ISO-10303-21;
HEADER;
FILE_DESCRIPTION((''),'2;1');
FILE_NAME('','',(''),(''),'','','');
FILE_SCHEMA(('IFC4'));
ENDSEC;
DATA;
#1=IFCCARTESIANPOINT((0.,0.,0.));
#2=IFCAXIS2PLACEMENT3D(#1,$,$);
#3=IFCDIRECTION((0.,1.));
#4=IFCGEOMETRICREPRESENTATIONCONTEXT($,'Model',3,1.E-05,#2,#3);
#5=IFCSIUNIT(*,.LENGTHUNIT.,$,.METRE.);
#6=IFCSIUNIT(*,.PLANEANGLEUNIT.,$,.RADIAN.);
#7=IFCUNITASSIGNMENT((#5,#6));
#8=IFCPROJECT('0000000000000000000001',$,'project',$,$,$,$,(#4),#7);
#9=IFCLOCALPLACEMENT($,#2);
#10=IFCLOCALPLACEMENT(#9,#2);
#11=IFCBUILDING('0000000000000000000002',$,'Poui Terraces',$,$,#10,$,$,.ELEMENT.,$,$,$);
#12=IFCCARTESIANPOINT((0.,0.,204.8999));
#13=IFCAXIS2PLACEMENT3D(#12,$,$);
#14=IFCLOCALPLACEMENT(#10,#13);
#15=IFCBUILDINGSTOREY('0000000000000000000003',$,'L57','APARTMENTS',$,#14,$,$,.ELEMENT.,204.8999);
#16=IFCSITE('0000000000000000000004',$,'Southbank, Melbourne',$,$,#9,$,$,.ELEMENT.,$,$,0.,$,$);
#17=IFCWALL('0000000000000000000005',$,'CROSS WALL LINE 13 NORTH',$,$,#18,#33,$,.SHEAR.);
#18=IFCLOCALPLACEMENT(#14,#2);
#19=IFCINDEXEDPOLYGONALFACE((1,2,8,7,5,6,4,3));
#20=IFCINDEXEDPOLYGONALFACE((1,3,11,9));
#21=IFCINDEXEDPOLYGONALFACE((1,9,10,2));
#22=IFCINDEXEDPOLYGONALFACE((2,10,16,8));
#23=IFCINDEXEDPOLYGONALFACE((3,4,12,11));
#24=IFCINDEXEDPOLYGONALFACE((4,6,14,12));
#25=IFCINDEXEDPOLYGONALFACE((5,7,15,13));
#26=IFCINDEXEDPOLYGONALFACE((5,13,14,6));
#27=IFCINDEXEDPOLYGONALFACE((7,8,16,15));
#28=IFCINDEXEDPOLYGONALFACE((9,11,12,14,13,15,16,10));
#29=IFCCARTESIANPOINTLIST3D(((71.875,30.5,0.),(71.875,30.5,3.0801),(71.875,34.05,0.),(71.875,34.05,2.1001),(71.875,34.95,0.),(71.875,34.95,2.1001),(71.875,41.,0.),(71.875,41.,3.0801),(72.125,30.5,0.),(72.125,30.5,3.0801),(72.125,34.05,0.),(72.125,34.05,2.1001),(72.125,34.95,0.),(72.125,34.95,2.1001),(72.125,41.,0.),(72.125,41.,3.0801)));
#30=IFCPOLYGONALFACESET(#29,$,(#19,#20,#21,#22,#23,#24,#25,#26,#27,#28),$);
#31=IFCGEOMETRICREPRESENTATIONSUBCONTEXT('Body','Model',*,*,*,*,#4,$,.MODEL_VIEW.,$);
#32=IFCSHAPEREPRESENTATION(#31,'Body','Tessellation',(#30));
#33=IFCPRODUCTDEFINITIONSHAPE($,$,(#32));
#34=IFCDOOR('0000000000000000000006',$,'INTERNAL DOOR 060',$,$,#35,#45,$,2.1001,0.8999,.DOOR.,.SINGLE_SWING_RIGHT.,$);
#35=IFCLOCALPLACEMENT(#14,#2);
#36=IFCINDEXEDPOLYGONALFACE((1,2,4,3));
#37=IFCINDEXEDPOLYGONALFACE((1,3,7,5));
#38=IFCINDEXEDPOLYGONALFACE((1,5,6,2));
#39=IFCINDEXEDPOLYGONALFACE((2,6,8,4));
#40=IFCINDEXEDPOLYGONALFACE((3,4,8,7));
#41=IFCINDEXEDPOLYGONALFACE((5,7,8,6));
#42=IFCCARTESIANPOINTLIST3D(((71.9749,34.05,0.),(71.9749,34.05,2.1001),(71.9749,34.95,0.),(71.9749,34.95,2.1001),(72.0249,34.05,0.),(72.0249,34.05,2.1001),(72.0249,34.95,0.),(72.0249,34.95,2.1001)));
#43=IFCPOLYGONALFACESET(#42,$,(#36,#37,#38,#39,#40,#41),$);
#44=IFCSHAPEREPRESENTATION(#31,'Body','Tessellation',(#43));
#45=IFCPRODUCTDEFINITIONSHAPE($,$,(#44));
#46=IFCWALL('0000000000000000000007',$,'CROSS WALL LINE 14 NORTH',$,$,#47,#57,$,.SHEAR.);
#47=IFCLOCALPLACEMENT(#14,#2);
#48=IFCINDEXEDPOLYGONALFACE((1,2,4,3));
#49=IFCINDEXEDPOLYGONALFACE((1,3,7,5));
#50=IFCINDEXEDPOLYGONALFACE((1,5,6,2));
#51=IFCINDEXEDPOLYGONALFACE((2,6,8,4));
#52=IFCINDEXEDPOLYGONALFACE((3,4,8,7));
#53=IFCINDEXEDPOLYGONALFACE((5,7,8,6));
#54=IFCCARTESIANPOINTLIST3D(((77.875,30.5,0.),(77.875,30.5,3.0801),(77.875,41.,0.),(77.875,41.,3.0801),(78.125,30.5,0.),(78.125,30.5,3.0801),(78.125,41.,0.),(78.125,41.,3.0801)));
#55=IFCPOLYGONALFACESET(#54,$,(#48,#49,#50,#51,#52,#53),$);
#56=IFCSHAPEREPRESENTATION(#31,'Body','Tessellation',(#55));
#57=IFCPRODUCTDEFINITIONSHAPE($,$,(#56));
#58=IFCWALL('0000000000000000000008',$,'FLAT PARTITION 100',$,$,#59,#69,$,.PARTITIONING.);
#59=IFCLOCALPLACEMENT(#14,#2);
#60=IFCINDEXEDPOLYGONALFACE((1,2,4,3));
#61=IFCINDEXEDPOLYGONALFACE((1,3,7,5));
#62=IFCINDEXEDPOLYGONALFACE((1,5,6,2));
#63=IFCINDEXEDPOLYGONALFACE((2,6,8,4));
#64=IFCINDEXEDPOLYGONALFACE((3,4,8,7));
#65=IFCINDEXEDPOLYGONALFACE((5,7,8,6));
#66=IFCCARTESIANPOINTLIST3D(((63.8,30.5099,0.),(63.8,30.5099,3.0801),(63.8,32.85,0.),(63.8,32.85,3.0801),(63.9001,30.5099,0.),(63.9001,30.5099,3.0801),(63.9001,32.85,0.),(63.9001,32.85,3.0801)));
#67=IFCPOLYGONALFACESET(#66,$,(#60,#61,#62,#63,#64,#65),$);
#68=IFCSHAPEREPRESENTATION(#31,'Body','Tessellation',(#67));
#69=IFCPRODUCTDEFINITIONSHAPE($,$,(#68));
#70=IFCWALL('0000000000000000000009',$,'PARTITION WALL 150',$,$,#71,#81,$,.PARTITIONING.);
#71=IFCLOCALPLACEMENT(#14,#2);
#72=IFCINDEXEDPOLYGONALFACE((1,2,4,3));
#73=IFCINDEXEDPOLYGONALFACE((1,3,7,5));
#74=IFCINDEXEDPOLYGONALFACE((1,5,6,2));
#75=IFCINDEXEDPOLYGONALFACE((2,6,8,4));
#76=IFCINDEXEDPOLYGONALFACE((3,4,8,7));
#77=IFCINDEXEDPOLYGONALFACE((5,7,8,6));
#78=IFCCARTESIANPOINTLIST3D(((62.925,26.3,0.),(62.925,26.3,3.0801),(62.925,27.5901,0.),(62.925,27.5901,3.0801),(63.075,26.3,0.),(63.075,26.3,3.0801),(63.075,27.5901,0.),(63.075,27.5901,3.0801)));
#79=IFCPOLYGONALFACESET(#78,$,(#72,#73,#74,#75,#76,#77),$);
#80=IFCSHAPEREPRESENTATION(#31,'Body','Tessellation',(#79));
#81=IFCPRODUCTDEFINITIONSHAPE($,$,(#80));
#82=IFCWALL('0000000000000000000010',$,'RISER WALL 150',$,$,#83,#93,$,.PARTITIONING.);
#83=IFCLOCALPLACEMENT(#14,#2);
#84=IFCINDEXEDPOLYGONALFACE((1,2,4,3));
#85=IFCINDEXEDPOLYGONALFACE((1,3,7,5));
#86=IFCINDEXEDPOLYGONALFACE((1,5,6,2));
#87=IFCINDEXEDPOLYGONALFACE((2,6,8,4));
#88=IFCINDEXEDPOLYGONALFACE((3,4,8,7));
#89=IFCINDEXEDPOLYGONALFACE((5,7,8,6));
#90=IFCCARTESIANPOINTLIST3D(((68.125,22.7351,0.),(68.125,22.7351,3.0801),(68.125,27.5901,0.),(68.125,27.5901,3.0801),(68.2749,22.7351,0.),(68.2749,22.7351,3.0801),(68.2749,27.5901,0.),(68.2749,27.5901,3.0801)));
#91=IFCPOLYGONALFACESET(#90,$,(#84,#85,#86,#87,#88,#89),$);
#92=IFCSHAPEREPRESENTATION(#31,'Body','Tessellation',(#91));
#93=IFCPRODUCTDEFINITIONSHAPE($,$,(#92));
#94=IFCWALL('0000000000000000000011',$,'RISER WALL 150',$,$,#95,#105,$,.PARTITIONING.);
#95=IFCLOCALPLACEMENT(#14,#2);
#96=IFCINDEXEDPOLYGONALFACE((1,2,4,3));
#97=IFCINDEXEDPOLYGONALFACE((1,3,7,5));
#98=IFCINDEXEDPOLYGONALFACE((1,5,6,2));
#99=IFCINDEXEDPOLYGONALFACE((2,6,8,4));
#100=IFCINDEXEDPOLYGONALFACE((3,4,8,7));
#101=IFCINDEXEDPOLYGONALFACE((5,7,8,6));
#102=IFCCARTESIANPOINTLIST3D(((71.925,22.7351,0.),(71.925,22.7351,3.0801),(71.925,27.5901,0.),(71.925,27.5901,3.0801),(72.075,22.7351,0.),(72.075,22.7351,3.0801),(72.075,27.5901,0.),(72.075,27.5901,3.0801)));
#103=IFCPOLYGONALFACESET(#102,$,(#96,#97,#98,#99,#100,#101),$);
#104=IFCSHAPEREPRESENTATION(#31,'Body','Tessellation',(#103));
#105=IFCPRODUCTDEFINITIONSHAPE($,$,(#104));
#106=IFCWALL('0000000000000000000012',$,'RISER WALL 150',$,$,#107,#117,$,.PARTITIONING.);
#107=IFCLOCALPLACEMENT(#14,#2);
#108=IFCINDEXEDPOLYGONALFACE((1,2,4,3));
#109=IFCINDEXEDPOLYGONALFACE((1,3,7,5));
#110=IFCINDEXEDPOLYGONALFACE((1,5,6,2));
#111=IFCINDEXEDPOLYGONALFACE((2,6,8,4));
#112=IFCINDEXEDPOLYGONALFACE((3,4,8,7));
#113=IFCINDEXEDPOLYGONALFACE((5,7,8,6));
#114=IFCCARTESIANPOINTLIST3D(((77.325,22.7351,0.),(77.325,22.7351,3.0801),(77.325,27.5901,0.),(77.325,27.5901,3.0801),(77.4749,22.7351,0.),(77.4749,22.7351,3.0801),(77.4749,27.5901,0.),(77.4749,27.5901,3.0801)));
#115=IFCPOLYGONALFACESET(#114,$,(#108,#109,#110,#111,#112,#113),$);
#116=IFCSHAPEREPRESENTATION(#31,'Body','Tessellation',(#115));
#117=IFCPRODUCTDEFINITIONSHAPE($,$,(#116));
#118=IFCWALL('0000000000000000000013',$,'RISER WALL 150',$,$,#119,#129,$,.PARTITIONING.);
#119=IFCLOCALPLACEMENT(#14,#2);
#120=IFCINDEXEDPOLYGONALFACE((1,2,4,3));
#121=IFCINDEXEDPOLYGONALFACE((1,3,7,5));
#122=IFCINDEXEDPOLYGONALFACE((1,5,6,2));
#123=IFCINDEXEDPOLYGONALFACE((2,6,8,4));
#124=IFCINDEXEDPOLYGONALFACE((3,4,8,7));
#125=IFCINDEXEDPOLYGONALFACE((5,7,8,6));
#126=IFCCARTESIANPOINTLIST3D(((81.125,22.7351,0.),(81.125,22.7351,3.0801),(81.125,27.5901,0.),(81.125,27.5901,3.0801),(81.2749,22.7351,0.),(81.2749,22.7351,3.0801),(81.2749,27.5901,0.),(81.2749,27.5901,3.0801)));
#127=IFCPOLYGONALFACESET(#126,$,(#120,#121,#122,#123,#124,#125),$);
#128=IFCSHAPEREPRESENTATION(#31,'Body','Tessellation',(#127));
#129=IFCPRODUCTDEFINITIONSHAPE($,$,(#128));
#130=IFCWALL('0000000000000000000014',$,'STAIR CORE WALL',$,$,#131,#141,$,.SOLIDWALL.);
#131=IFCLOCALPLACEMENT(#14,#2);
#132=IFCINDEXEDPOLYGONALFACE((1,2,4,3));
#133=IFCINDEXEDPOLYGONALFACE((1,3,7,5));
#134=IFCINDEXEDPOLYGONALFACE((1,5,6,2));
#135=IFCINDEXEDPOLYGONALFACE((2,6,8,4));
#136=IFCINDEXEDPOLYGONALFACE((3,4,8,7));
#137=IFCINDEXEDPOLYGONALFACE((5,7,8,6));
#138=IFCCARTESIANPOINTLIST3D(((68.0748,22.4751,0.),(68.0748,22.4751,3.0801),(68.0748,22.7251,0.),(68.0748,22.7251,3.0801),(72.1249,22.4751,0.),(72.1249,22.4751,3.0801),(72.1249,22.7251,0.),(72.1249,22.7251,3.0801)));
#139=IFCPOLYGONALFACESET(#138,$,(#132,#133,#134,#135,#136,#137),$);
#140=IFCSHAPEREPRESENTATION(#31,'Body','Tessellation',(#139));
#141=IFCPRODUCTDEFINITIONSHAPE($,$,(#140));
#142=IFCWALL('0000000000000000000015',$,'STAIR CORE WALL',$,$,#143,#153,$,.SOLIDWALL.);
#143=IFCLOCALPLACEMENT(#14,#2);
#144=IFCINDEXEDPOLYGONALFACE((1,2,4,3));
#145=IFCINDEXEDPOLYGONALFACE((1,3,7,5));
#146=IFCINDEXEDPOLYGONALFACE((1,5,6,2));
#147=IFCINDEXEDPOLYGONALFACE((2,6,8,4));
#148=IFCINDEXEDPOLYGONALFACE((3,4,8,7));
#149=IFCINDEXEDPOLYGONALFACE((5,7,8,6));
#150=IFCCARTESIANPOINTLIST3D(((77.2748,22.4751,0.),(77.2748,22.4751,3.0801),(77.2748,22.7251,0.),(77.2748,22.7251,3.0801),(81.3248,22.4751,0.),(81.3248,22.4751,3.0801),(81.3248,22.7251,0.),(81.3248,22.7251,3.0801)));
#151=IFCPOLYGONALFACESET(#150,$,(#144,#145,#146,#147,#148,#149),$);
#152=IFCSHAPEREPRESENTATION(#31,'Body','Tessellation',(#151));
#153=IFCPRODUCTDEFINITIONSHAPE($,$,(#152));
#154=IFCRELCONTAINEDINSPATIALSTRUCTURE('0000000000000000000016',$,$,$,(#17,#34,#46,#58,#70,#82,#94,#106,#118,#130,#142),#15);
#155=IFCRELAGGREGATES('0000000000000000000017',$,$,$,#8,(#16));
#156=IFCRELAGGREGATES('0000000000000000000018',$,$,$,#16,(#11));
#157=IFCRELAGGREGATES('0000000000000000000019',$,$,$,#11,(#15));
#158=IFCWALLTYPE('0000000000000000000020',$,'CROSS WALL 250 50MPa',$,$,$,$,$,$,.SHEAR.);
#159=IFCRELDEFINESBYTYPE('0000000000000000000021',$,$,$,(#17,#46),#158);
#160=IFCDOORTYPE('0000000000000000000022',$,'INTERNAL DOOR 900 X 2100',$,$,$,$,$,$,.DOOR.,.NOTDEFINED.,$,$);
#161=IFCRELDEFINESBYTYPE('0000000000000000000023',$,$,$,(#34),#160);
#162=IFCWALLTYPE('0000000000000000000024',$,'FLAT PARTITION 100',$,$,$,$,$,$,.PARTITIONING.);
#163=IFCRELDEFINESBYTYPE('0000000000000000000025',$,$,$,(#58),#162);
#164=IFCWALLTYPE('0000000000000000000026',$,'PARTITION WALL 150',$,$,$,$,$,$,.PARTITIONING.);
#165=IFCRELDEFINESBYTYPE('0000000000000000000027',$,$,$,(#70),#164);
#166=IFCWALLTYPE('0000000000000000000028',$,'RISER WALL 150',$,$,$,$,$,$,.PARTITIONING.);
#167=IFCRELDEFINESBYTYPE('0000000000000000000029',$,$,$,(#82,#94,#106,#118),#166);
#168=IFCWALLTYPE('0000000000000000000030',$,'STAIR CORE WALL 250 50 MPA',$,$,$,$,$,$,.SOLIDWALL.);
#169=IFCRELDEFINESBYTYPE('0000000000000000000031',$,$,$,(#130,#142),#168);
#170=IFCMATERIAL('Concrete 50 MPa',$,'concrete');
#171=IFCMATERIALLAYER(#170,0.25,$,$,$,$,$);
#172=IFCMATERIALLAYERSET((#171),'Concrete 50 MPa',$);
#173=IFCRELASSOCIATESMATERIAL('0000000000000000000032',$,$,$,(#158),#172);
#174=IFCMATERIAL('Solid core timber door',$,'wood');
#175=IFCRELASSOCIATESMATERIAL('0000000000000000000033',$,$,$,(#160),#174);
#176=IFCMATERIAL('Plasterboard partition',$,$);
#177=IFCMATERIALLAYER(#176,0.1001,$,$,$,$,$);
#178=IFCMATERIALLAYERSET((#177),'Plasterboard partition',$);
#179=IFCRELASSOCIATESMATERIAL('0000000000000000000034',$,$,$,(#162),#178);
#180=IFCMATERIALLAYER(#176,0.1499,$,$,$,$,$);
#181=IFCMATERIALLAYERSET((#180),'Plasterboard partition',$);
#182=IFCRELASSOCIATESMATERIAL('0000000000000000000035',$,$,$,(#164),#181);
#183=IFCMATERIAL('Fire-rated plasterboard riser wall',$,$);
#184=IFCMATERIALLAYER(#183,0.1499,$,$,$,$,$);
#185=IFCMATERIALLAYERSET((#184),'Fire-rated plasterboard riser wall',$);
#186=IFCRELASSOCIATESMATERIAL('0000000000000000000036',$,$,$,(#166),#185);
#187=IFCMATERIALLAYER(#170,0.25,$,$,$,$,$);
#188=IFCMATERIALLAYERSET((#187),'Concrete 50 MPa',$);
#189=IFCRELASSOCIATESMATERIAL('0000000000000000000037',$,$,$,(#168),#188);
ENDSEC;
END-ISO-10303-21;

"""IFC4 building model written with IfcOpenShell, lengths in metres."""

from ifc_helpers import new_model, si_unit, direction, frame, frame_2d, origin, place, context, subcontext, project, spatial, rectangle, extrude, material, layer, layer_set, type_object, element, fill, save


model = new_model("IFC4")

# Units and contexts
model_context = context("Model", 3, precision=1e-05, world=origin(), true_north=direction((0.0, 1.0)))
body_context = subcontext(model_context, "Body", "Model", "MODEL_VIEW")
ifc_project = project(units=[si_unit("LENGTHUNIT", "METRE"), si_unit("PLANEANGLEUNIT", "RADIAN")], contexts=[model_context])

# Site, building, storey
site_placement = place(None, origin())
site = spatial("IfcSite", under=ifc_project, at=site_placement, Name="Southbank, Melbourne", CompositionType="ELEMENT", RefElevation=0.0)
building_placement = place(site_placement, origin())
building = spatial("IfcBuilding", under=site, at=building_placement, Name="Poui Terraces", CompositionType="ELEMENT")
storey_placement = place(building_placement, frame((0.0, 0.0, 204.8999)))
storey = spatial("IfcBuildingStorey", under=building, at=storey_placement, Name="L57", Description="APARTMENTS", CompositionType="ELEMENT", Elevation=204.8999)

# Shared definitions
ifc_material_1 = material(Name="Concrete 50 MPa", Category="concrete")

# Wall, opening, door
ifc_material_2 = material(Name="Solid core timber door", Category="wood")
ifc_layer_1 = layer(ifc_material_1, 0.25)
ifc_layer_set_1 = layer_set([ifc_layer_1], Name="Concrete 50 MPa")
wall_type_1 = type_object("IfcWallType", Name="CROSS WALL 250 50MPa", PredefinedType="SHEAR", material=ifc_layer_set_1)
door_type_1 = type_object("IfcDoorType", Name="INTERNAL DOOR 900 X 2100", OperationType="NOTDEFINED", PredefinedType="DOOR", material=ifc_material_2)
wall_1_placement = place(storey_placement, frame((72.0, 30.5, 0.0), z_axis=(0.0, 0.0, 1.0), x_axis=(0.0, 1.0, 0.0)))
wall_1 = element("IfcWall", 1, at=wall_1_placement, inside=storey, type_object=wall_type_1, Name="CROSS WALL LINE 13 NORTH", PredefinedType="SHEAR", context=body_context, shape_type="SweptSolid", body=[
    extrude(rectangle(XDim=10.5, YDim=0.25, at=frame_2d((5.25, 0.0))), origin(), (0.0, 0.0, 1.0), 3.0801),
])
opening_1_placement = place(wall_1_placement, frame((3.55, 0.0, 0.0)))
opening_1 = element("IfcOpeningElement", 2, at=opening_1_placement, cuts=wall_1, PredefinedType="OPENING", context=body_context, shape_type="SweptSolid", body=[
    extrude(rectangle(XDim=0.8999, YDim=2.1001, at=frame_2d((0.45, 1.05))), frame((0.0, 0.135, 0.0), z_axis=(0.0, -1.0, 0.0), x_axis=(1.0, 0.0, 0.0)), (0.0, 0.0, 1.0), 0.27),
])
door_1_placement = place(opening_1_placement, frame((0.8999, 0.0, 0.0), z_axis=(0.0, 0.0, 1.0), x_axis=(-1.0, 0.0, 0.0)))
door_1 = element("IfcDoor", 3, at=door_1_placement, inside=storey, type_object=door_type_1, Name="INTERNAL DOOR 060", OperationType="SINGLE_SWING_RIGHT", OverallHeight=2.1001, OverallWidth=0.8999, PredefinedType="DOOR", context=body_context, shape_type="SweptSolid", body=[
    extrude(rectangle(XDim=0.8999, YDim=2.1001, at=frame_2d((0.45, 1.05))), frame((0.0, 0.0249, 0.0), z_axis=(0.0, -1.0, 0.0), x_axis=(1.0, 0.0, 0.0)), (0.0, 0.0, 1.0), 0.05),
])
fill(opening_1, door_1)

# Walls
wall_2_placement = place(storey_placement, frame((78.0, 30.5, 0.0), z_axis=(0.0, 0.0, 1.0), x_axis=(0.0, 1.0, 0.0)))
element("IfcWall", 4, at=wall_2_placement, inside=storey, type_object=wall_type_1, Name="CROSS WALL LINE 14 NORTH", PredefinedType="SHEAR", context=body_context, shape_type="SweptSolid", body=[
    extrude(rectangle(XDim=10.5, YDim=0.25, at=frame_2d((5.25, 0.0))), origin(), (0.0, 0.0, 1.0), 3.0801),
])
ifc_material_3 = material(Name="Plasterboard partition")
ifc_layer_2 = layer(ifc_material_3, 0.1001)
ifc_layer_set_2 = layer_set([ifc_layer_2], Name="Plasterboard partition")
wall_type_2 = type_object("IfcWallType", Name="FLAT PARTITION 100", PredefinedType="PARTITIONING", material=ifc_layer_set_2)
wall_3_placement = place(storey_placement, frame((63.8501, 30.51, 0.0), z_axis=(0.0, 0.0, 1.0), x_axis=(0.0, 1.0, 0.0)))
element("IfcWall", 5, at=wall_3_placement, inside=storey, type_object=wall_type_2, Name="FLAT PARTITION 100", PredefinedType="PARTITIONING", context=body_context, shape_type="SweptSolid", body=[
    extrude(rectangle(XDim=2.3401, YDim=0.1001, at=frame_2d((1.1699, 0.0))), origin(), (0.0, 0.0, 1.0), 3.0801),
])
ifc_layer_3 = layer(ifc_material_3, 0.1499)
ifc_layer_set_3 = layer_set([ifc_layer_3], Name="Plasterboard partition")
wall_type_3 = type_object("IfcWallType", Name="PARTITION WALL 150", PredefinedType="PARTITIONING", material=ifc_layer_set_3)
wall_4_placement = place(storey_placement, frame((63.0, 26.3, 0.0), z_axis=(0.0, 0.0, 1.0), x_axis=(0.0, 1.0, 0.0)))
element("IfcWall", 6, at=wall_4_placement, inside=storey, type_object=wall_type_3, Name="PARTITION WALL 150", PredefinedType="PARTITIONING", context=body_context, shape_type="SweptSolid", body=[
    extrude(rectangle(XDim=1.29, YDim=0.1499, at=frame_2d((0.645, 0.0))), origin(), (0.0, 0.0, 1.0), 3.0801),
])
ifc_material_4 = material(Name="Fire-rated plasterboard riser wall")
ifc_layer_4 = layer(ifc_material_4, 0.1499)
ifc_layer_set_4 = layer_set([ifc_layer_4], Name="Fire-rated plasterboard riser wall")
wall_type_4 = type_object("IfcWallType", Name="RISER WALL 150", PredefinedType="PARTITIONING", material=ifc_layer_set_4)
for number, where, z_axis, x_axis, name in (
    (7, (68.2, 22.7351, 0.0), (0.0, 0.0, 1.0), (0.0, 1.0, 0.0), "RISER WALL 150"),
    (8, (72.0, 22.7351, 0.0), (0.0, 0.0, 1.0), (0.0, 1.0, 0.0), "RISER WALL 150"),
    (9, (77.3999, 22.7351, 0.0), (0.0, 0.0, 1.0), (0.0, 1.0, 0.0), "RISER WALL 150"),
    (10, (81.2, 22.7351, 0.0), (0.0, 0.0, 1.0), (0.0, 1.0, 0.0), "RISER WALL 150"),
):
    element("IfcWall", number, at=place(storey_placement, frame(where, z_axis=z_axis, x_axis=x_axis)), inside=storey, type_object=wall_type_4, Name=name, PredefinedType="PARTITIONING", context=body_context, shape_type="SweptSolid", body=[
        extrude(rectangle(XDim=4.855, YDim=0.1499, at=frame_2d((2.4275, 0.0))), origin(), (0.0, 0.0, 1.0), 3.0801),
    ])
ifc_layer_5 = layer(ifc_material_1, 0.25)
ifc_layer_set_5 = layer_set([ifc_layer_5], Name="Concrete 50 MPa")
wall_type_5 = type_object("IfcWallType", Name="STAIR CORE WALL 250 50 MPA", PredefinedType="SOLIDWALL", material=ifc_layer_set_5)
for number, where, z_axis, x_axis, name in (
    (11, (68.075, 22.6001, 0.0), (0.0, 0.0, 1.0), (1.0, 0.0, 0.0), "STAIR CORE WALL"),
    (12, (77.2749, 22.6001, 0.0), (0.0, 0.0, 1.0), (1.0, 0.0, 0.0), "STAIR CORE WALL"),
):
    element("IfcWall", number, at=place(storey_placement, frame(where, z_axis=z_axis, x_axis=x_axis)), inside=storey, type_object=wall_type_5, Name=name, PredefinedType="SOLIDWALL", context=body_context, shape_type="SweptSolid", body=[
        extrude(rectangle(XDim=4.05, YDim=0.25, at=frame_2d((2.0249, 0.0))), origin(), (0.0, 0.0, 1.0), 3.0801),
    ])

save(model, "model.ifc")
